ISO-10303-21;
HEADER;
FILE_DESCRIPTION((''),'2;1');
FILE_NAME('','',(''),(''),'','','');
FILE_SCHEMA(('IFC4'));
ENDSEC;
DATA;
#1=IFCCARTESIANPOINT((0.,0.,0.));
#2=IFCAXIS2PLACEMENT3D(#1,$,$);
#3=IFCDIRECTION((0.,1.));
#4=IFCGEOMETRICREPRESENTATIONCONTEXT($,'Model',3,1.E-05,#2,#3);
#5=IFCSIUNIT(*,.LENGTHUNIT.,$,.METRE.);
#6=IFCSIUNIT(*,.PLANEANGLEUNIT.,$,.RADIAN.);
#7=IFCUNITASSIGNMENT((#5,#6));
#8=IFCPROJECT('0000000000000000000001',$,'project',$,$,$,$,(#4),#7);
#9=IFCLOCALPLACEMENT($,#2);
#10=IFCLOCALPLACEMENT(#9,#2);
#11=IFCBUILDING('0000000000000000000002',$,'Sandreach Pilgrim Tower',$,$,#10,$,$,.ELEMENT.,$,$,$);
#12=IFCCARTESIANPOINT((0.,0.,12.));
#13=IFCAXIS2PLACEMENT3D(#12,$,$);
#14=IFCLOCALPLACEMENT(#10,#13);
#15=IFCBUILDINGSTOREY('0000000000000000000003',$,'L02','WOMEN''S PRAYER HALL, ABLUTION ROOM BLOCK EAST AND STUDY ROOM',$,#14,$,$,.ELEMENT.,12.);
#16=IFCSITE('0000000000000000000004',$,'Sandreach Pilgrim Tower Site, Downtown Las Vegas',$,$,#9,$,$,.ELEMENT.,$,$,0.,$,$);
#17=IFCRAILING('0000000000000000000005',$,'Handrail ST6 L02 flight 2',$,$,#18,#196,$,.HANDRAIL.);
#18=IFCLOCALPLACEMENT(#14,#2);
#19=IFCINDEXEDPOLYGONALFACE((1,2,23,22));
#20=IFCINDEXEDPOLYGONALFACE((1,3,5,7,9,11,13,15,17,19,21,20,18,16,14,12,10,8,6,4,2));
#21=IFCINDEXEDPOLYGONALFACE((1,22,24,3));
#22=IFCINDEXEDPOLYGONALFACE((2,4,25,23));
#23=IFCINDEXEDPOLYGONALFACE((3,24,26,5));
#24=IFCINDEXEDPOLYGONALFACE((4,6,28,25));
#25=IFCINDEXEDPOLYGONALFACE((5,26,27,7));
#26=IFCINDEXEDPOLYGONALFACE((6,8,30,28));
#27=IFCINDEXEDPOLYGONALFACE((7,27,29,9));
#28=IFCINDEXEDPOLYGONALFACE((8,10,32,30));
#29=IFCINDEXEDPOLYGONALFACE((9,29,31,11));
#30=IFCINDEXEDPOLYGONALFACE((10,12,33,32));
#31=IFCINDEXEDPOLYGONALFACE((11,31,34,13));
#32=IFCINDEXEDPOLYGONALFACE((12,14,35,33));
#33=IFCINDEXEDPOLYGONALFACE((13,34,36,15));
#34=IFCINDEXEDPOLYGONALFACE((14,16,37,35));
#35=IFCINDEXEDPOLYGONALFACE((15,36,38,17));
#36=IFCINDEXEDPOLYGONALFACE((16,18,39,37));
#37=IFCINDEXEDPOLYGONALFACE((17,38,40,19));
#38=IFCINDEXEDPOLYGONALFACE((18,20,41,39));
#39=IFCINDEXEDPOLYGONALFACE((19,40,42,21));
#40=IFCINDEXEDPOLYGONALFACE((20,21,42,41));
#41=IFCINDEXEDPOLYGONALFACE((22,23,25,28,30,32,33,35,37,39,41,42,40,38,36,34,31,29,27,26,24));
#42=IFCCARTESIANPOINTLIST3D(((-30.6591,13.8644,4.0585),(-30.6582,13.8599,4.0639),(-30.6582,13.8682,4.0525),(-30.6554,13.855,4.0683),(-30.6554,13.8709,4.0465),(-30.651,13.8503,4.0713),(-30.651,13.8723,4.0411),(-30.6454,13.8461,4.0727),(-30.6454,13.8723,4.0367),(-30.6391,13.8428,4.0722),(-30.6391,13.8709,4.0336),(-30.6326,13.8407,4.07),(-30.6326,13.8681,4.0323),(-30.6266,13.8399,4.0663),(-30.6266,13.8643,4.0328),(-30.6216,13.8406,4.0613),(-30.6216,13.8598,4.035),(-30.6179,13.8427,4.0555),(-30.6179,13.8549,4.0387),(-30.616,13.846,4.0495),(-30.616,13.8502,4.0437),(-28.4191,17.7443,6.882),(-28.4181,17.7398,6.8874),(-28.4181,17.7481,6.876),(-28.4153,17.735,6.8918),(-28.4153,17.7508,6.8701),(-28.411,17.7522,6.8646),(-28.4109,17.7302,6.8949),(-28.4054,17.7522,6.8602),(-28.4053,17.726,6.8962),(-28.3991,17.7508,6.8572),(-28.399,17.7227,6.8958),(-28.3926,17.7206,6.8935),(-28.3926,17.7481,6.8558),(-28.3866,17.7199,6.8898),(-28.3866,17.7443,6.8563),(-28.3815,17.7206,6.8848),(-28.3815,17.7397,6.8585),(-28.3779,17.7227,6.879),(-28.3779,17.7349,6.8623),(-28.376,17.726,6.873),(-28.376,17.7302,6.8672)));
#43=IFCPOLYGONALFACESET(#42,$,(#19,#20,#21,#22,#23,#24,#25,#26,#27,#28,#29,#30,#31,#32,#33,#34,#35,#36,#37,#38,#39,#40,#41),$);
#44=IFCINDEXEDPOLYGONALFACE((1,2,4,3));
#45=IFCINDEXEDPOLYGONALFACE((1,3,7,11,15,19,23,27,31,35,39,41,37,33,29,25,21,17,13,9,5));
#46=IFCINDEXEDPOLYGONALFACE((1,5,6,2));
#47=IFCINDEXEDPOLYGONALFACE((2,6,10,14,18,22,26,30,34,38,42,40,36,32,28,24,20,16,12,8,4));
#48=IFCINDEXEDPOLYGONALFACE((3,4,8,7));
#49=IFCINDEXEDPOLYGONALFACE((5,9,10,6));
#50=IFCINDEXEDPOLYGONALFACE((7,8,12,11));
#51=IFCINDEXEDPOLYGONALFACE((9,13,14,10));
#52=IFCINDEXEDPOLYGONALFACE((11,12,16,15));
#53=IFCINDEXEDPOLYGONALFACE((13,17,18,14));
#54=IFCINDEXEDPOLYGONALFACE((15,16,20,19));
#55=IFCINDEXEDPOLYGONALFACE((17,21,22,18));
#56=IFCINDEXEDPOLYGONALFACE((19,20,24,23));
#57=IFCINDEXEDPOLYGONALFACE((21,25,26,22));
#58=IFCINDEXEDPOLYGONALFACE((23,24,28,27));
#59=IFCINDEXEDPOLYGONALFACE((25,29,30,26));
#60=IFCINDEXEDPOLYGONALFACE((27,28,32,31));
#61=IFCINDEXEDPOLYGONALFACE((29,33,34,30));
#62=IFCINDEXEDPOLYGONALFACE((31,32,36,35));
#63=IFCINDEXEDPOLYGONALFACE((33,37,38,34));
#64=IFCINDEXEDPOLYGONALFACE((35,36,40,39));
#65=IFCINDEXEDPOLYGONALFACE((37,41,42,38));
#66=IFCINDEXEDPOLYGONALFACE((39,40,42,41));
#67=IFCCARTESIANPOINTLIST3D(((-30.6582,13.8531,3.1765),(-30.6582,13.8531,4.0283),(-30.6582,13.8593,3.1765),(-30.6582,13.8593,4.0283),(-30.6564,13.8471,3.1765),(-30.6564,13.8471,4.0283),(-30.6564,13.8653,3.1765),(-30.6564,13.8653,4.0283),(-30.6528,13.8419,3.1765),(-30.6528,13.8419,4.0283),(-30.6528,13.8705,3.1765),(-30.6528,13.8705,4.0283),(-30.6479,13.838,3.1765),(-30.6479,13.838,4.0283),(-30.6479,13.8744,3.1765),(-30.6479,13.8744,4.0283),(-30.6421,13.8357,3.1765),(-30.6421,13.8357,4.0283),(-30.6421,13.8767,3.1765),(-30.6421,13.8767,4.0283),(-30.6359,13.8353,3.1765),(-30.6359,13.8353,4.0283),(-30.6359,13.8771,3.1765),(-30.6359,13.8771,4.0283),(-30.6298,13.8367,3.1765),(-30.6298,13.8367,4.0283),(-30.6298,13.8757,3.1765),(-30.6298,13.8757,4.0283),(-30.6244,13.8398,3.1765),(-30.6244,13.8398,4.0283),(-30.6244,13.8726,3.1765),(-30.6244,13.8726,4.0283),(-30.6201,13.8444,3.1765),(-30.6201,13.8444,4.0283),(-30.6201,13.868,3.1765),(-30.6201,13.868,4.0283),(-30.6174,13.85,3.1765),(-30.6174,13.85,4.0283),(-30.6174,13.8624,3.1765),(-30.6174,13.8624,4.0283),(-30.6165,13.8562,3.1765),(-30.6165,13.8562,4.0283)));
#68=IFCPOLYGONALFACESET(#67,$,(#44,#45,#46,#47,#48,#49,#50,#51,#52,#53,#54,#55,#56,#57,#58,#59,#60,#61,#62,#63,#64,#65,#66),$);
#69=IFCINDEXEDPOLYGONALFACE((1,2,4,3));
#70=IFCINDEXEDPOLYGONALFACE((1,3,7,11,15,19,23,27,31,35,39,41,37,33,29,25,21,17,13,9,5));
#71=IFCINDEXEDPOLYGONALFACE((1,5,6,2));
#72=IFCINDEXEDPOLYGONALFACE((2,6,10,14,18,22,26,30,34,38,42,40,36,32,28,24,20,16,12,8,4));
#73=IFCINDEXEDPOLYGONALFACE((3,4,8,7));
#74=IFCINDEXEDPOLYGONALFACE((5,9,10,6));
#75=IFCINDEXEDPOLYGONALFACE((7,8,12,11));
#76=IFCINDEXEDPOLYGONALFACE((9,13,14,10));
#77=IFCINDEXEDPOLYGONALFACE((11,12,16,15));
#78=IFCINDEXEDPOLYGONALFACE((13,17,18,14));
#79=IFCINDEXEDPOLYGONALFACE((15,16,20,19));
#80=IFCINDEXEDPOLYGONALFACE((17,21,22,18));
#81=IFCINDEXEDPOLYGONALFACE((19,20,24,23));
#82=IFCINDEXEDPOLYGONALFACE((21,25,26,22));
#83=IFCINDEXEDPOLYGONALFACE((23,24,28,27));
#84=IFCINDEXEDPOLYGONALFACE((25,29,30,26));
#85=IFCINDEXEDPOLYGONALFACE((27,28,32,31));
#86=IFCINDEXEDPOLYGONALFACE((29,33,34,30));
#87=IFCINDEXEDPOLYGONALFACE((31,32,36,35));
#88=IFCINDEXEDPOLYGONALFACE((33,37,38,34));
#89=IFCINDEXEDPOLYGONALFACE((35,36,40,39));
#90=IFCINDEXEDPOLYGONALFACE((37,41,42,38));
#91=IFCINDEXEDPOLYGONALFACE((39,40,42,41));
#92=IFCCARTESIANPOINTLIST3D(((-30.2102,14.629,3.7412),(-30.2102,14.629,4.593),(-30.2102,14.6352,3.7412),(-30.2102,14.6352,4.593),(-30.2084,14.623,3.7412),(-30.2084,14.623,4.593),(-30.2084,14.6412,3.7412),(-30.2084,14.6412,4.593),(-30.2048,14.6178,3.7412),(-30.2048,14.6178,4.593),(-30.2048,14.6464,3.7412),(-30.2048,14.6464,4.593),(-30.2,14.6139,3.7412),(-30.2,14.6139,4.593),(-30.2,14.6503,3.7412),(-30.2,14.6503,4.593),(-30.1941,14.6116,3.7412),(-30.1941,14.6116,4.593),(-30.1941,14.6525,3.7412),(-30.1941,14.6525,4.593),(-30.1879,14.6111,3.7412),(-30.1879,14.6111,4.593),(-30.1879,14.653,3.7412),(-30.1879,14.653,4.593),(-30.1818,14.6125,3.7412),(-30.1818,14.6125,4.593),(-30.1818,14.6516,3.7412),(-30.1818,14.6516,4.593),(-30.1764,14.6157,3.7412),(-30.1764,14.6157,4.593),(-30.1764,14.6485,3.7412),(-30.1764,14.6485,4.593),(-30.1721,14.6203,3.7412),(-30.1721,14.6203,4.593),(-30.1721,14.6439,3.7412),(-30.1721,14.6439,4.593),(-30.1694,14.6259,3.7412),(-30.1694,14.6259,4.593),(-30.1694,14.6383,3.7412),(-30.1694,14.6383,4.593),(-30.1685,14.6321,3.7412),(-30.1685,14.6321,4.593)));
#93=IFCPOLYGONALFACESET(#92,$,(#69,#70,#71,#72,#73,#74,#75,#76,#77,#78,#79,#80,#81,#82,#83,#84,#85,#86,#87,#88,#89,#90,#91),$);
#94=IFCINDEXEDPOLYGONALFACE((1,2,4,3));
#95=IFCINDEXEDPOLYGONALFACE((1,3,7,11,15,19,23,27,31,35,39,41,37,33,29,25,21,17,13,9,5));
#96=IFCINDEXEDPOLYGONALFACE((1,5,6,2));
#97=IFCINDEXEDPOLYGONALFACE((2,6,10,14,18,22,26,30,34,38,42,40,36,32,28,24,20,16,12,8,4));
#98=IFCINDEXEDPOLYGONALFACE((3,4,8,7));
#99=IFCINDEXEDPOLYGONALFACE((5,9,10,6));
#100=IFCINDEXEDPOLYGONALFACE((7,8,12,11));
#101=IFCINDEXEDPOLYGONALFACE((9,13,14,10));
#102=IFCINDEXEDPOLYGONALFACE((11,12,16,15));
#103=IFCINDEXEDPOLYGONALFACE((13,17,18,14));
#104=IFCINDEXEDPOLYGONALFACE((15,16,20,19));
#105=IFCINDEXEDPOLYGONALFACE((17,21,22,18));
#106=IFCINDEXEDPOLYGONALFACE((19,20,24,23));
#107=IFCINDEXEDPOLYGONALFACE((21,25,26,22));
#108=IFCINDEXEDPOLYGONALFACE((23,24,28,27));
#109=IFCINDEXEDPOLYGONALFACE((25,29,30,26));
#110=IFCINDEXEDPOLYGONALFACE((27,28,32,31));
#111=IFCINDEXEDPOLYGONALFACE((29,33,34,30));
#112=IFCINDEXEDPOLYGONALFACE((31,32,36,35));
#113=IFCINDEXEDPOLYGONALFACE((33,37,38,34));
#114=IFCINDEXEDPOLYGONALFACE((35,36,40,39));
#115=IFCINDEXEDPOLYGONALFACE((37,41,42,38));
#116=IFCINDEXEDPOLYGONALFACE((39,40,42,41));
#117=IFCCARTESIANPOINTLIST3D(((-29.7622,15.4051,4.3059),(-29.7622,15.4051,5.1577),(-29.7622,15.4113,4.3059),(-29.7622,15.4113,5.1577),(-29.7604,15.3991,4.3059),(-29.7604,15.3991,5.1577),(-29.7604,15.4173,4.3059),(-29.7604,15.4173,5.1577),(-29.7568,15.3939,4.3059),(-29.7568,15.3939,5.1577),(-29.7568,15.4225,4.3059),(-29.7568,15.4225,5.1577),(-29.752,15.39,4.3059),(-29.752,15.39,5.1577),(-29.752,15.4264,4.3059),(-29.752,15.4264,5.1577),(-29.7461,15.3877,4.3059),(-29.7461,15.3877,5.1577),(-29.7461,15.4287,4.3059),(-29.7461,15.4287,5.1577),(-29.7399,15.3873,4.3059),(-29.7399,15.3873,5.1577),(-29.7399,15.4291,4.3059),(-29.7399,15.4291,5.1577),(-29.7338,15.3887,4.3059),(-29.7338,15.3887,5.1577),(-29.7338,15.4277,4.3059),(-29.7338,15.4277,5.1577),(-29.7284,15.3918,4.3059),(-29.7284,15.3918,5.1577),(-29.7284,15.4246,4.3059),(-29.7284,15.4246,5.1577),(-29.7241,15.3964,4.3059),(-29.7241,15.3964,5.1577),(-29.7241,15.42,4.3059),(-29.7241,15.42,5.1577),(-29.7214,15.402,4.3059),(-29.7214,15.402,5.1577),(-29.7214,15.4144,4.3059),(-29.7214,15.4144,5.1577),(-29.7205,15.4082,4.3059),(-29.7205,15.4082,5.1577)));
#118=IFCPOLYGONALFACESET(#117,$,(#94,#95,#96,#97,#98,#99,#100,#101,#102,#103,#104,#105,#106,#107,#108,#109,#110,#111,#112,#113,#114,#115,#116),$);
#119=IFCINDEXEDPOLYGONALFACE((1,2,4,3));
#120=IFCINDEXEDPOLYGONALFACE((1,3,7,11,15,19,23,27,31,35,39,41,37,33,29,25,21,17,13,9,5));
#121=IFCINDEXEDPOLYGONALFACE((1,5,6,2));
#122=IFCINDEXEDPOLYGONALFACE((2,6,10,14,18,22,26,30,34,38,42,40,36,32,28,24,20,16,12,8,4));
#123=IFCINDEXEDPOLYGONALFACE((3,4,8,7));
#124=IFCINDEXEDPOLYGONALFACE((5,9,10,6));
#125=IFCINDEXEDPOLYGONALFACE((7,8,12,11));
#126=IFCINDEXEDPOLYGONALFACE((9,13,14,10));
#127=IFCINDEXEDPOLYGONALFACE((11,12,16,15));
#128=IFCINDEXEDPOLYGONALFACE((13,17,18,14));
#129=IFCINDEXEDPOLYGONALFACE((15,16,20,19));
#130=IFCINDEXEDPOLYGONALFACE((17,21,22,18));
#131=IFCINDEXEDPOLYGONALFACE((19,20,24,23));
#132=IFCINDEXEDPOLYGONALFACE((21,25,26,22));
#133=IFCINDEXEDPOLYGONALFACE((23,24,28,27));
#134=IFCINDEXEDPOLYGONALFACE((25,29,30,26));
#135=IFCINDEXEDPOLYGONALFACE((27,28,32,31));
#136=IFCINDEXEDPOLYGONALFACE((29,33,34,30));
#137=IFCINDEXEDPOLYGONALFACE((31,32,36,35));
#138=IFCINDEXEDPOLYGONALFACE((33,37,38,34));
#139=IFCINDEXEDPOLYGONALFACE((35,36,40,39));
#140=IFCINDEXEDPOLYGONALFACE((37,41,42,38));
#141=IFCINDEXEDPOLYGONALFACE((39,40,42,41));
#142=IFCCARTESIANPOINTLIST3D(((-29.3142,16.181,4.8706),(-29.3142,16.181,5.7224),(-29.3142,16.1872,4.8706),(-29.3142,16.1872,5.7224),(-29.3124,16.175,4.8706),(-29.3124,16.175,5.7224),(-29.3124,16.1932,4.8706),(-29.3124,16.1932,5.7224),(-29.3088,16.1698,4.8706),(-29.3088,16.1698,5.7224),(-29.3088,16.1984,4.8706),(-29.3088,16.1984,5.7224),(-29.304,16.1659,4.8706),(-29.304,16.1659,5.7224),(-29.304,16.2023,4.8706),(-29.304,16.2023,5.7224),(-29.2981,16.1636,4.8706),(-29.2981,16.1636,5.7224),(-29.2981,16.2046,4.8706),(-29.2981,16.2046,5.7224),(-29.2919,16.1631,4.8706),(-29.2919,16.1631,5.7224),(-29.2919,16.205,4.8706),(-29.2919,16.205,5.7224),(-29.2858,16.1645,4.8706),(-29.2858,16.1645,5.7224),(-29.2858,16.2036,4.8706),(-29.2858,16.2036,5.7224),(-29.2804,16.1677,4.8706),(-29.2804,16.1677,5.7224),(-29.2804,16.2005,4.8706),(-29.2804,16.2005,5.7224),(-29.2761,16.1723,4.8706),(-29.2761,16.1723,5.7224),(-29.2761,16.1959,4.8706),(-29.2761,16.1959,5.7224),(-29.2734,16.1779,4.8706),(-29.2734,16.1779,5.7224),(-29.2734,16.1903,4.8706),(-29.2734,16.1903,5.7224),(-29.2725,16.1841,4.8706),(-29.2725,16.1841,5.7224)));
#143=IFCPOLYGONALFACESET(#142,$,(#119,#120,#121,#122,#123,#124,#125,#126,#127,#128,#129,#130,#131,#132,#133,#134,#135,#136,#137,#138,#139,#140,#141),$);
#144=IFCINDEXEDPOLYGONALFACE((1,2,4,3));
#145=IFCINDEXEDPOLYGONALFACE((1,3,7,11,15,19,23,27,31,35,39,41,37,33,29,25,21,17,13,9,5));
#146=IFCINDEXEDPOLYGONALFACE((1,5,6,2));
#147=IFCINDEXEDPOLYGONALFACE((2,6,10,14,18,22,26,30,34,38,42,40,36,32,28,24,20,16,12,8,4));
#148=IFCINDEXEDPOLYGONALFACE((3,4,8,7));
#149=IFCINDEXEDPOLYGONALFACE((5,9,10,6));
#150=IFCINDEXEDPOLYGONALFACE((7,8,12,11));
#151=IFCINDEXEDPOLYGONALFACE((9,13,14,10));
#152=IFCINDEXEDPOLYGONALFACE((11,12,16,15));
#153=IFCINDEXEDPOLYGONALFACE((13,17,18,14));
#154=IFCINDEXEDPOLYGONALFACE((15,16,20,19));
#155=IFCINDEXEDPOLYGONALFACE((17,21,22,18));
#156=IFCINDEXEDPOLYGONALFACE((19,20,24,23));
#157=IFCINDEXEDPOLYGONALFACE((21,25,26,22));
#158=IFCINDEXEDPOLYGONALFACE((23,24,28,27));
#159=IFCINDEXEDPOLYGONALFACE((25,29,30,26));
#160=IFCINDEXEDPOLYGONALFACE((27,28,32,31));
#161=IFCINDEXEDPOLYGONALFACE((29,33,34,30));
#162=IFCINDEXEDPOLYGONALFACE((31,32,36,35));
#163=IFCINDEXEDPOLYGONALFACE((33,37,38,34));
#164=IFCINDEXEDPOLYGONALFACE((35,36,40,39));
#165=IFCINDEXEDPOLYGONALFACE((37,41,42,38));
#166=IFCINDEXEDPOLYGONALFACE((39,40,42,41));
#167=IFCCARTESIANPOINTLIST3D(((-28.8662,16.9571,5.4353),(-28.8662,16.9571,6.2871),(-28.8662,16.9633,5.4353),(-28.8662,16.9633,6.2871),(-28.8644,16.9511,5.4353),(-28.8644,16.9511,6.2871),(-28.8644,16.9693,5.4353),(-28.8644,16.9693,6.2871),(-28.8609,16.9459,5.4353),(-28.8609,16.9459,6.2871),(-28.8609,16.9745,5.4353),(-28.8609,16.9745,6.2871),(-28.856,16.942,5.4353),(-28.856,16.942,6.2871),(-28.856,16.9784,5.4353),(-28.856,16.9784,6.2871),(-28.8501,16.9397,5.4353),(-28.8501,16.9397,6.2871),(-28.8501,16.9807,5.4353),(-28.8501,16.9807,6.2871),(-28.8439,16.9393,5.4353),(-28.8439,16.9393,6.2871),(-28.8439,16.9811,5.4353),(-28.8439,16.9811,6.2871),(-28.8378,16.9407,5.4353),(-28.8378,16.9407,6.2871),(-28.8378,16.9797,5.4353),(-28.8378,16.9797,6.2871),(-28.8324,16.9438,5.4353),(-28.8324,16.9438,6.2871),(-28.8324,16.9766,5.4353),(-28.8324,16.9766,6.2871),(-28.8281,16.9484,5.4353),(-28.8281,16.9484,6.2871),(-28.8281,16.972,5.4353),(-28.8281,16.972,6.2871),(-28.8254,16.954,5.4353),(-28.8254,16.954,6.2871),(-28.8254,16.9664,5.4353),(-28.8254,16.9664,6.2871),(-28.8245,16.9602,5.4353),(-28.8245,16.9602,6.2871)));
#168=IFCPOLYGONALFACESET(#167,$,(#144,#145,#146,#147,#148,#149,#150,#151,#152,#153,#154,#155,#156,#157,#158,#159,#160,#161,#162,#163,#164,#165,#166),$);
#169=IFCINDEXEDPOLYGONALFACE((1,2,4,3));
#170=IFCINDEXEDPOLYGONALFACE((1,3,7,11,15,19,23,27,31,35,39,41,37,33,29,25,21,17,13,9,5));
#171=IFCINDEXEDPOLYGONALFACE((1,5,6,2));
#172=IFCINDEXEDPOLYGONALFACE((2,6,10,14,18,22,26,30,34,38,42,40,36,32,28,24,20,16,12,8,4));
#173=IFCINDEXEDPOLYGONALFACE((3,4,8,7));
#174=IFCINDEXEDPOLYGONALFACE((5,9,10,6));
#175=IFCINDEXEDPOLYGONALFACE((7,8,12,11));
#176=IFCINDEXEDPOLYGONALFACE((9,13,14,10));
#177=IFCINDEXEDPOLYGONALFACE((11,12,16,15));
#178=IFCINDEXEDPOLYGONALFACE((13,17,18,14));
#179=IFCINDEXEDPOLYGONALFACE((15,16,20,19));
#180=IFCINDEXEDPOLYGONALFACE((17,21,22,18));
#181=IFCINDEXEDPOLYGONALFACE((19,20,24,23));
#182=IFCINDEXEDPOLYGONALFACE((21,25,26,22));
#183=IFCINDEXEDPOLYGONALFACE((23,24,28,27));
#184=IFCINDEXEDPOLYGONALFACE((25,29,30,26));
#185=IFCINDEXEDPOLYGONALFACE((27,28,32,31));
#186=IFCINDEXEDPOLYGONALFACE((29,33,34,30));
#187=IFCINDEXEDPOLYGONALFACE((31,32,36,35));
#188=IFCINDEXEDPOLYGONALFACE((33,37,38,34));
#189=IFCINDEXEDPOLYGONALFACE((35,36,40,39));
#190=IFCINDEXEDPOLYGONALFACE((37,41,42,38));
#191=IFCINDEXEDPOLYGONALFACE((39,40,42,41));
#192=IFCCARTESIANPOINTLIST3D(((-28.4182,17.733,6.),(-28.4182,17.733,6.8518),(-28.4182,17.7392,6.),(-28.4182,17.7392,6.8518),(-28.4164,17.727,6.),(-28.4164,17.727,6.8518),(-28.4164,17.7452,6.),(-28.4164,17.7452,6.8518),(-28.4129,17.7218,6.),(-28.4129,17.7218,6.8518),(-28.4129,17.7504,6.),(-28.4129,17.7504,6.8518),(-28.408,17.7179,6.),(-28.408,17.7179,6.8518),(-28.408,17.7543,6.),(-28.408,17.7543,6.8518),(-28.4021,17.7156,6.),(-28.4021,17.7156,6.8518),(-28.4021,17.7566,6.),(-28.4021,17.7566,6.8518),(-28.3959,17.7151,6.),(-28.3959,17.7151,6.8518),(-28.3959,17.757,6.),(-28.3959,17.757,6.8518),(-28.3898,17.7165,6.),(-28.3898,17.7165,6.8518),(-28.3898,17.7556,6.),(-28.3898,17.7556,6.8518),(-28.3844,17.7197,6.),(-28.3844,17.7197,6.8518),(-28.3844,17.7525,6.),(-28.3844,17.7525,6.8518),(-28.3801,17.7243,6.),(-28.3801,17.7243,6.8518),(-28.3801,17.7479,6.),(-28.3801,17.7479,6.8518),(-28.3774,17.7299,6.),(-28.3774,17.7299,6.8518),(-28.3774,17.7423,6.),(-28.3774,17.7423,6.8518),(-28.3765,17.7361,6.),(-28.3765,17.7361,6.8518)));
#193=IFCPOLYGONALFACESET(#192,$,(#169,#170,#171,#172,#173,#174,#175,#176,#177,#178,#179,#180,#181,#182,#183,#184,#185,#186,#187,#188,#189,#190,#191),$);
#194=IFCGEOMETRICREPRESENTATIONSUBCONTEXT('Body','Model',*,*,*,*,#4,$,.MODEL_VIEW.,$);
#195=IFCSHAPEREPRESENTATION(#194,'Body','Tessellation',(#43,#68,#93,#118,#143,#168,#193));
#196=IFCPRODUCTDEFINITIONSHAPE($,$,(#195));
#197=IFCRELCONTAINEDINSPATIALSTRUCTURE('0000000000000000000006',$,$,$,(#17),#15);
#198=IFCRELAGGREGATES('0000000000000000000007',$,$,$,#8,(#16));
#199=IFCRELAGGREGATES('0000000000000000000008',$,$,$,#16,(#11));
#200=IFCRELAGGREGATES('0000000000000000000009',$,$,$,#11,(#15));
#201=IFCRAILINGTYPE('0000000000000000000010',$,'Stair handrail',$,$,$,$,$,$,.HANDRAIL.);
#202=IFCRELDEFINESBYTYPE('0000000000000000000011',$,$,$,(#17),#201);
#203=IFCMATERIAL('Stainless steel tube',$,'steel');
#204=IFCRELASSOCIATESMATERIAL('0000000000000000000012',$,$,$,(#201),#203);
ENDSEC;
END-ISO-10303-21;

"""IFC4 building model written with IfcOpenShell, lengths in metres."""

from ifc_helpers import new_model, si_unit, direction, frame, origin, origin_2d, place, context, subcontext, project, spatial, circle, extrude, material, type_object, element, save


model = new_model("IFC4")

# Units and contexts
model_context = context("Model", 3, precision=1e-05, world=origin(), true_north=direction((0.0, 1.0)))
body_context = subcontext(model_context, "Body", "Model", "MODEL_VIEW")
ifc_project = project(units=[si_unit("LENGTHUNIT", "METRE"), si_unit("PLANEANGLEUNIT", "RADIAN")], contexts=[model_context])

# Site, building, storey
site_placement = place(None, origin())
site = spatial("IfcSite", under=ifc_project, at=site_placement, Name="Sandreach Pilgrim Tower Site, Downtown Las Vegas", CompositionType="ELEMENT", RefElevation=0.0)
building_placement = place(site_placement, origin())
building = spatial("IfcBuilding", under=site, at=building_placement, Name="Sandreach Pilgrim Tower", CompositionType="ELEMENT")
storey_placement = place(building_placement, frame((0.0, 0.0, 12.0)))
storey = spatial("IfcBuildingStorey", under=building, at=storey_placement, Name="L02", Description="WOMEN'S PRAYER HALL, ABLUTION ROOM BLOCK EAST AND STUDY ROOM", CompositionType="ELEMENT", Elevation=12.0)

# Railing
ifc_material_1 = material(Name="Stainless steel tube", Category="steel")
railing_type = type_object("IfcRailingType", Name="Stair handrail", PredefinedType="HANDRAIL", material=ifc_material_1)
railing_1_placement = place(storey_placement, frame((-30.6375, 13.8562, 3.1765)))
element("IfcRailing", 1, at=railing_1_placement, inside=storey, type_object=railing_type, Name="Handrail ST6 L02 flight 2", PredefinedType="HANDRAIL", context=body_context, shape_type="SweptSolid", body=[
    extrude(circle(Radius=0.0239, at=origin_2d()), frame((0.0, 0.0, 0.876), z_axis=(0.422993, 0.732665, 0.533178), x_axis=(-0.866031, 0.49999, 0.0)), (0.0, 0.0, 1.0), 5.2957),
    extrude(circle(Radius=0.021, at=origin_2d()), origin(), (0.0, 0.0, 1.0), 0.8518),
    extrude(circle(Radius=0.021, at=origin_2d()), frame((0.448, 0.7759, 0.5647)), (0.0, 0.0, 1.0), 0.8518),
    extrude(circle(Radius=0.021, at=origin_2d()), frame((0.896, 1.552, 1.1294)), (0.0, 0.0, 1.0), 0.8518),
    extrude(circle(Radius=0.021, at=origin_2d()), frame((1.344, 2.3279, 1.6941)), (0.0, 0.0, 1.0), 0.8518),
    extrude(circle(Radius=0.021, at=origin_2d()), frame((1.792, 3.104, 2.2588)), (0.0, 0.0, 1.0), 0.8518),
    extrude(circle(Radius=0.021, at=origin_2d()), frame((2.24, 3.8799, 2.8235)), (0.0, 0.0, 1.0), 0.8518),
])

save(model, "model.ifc")
